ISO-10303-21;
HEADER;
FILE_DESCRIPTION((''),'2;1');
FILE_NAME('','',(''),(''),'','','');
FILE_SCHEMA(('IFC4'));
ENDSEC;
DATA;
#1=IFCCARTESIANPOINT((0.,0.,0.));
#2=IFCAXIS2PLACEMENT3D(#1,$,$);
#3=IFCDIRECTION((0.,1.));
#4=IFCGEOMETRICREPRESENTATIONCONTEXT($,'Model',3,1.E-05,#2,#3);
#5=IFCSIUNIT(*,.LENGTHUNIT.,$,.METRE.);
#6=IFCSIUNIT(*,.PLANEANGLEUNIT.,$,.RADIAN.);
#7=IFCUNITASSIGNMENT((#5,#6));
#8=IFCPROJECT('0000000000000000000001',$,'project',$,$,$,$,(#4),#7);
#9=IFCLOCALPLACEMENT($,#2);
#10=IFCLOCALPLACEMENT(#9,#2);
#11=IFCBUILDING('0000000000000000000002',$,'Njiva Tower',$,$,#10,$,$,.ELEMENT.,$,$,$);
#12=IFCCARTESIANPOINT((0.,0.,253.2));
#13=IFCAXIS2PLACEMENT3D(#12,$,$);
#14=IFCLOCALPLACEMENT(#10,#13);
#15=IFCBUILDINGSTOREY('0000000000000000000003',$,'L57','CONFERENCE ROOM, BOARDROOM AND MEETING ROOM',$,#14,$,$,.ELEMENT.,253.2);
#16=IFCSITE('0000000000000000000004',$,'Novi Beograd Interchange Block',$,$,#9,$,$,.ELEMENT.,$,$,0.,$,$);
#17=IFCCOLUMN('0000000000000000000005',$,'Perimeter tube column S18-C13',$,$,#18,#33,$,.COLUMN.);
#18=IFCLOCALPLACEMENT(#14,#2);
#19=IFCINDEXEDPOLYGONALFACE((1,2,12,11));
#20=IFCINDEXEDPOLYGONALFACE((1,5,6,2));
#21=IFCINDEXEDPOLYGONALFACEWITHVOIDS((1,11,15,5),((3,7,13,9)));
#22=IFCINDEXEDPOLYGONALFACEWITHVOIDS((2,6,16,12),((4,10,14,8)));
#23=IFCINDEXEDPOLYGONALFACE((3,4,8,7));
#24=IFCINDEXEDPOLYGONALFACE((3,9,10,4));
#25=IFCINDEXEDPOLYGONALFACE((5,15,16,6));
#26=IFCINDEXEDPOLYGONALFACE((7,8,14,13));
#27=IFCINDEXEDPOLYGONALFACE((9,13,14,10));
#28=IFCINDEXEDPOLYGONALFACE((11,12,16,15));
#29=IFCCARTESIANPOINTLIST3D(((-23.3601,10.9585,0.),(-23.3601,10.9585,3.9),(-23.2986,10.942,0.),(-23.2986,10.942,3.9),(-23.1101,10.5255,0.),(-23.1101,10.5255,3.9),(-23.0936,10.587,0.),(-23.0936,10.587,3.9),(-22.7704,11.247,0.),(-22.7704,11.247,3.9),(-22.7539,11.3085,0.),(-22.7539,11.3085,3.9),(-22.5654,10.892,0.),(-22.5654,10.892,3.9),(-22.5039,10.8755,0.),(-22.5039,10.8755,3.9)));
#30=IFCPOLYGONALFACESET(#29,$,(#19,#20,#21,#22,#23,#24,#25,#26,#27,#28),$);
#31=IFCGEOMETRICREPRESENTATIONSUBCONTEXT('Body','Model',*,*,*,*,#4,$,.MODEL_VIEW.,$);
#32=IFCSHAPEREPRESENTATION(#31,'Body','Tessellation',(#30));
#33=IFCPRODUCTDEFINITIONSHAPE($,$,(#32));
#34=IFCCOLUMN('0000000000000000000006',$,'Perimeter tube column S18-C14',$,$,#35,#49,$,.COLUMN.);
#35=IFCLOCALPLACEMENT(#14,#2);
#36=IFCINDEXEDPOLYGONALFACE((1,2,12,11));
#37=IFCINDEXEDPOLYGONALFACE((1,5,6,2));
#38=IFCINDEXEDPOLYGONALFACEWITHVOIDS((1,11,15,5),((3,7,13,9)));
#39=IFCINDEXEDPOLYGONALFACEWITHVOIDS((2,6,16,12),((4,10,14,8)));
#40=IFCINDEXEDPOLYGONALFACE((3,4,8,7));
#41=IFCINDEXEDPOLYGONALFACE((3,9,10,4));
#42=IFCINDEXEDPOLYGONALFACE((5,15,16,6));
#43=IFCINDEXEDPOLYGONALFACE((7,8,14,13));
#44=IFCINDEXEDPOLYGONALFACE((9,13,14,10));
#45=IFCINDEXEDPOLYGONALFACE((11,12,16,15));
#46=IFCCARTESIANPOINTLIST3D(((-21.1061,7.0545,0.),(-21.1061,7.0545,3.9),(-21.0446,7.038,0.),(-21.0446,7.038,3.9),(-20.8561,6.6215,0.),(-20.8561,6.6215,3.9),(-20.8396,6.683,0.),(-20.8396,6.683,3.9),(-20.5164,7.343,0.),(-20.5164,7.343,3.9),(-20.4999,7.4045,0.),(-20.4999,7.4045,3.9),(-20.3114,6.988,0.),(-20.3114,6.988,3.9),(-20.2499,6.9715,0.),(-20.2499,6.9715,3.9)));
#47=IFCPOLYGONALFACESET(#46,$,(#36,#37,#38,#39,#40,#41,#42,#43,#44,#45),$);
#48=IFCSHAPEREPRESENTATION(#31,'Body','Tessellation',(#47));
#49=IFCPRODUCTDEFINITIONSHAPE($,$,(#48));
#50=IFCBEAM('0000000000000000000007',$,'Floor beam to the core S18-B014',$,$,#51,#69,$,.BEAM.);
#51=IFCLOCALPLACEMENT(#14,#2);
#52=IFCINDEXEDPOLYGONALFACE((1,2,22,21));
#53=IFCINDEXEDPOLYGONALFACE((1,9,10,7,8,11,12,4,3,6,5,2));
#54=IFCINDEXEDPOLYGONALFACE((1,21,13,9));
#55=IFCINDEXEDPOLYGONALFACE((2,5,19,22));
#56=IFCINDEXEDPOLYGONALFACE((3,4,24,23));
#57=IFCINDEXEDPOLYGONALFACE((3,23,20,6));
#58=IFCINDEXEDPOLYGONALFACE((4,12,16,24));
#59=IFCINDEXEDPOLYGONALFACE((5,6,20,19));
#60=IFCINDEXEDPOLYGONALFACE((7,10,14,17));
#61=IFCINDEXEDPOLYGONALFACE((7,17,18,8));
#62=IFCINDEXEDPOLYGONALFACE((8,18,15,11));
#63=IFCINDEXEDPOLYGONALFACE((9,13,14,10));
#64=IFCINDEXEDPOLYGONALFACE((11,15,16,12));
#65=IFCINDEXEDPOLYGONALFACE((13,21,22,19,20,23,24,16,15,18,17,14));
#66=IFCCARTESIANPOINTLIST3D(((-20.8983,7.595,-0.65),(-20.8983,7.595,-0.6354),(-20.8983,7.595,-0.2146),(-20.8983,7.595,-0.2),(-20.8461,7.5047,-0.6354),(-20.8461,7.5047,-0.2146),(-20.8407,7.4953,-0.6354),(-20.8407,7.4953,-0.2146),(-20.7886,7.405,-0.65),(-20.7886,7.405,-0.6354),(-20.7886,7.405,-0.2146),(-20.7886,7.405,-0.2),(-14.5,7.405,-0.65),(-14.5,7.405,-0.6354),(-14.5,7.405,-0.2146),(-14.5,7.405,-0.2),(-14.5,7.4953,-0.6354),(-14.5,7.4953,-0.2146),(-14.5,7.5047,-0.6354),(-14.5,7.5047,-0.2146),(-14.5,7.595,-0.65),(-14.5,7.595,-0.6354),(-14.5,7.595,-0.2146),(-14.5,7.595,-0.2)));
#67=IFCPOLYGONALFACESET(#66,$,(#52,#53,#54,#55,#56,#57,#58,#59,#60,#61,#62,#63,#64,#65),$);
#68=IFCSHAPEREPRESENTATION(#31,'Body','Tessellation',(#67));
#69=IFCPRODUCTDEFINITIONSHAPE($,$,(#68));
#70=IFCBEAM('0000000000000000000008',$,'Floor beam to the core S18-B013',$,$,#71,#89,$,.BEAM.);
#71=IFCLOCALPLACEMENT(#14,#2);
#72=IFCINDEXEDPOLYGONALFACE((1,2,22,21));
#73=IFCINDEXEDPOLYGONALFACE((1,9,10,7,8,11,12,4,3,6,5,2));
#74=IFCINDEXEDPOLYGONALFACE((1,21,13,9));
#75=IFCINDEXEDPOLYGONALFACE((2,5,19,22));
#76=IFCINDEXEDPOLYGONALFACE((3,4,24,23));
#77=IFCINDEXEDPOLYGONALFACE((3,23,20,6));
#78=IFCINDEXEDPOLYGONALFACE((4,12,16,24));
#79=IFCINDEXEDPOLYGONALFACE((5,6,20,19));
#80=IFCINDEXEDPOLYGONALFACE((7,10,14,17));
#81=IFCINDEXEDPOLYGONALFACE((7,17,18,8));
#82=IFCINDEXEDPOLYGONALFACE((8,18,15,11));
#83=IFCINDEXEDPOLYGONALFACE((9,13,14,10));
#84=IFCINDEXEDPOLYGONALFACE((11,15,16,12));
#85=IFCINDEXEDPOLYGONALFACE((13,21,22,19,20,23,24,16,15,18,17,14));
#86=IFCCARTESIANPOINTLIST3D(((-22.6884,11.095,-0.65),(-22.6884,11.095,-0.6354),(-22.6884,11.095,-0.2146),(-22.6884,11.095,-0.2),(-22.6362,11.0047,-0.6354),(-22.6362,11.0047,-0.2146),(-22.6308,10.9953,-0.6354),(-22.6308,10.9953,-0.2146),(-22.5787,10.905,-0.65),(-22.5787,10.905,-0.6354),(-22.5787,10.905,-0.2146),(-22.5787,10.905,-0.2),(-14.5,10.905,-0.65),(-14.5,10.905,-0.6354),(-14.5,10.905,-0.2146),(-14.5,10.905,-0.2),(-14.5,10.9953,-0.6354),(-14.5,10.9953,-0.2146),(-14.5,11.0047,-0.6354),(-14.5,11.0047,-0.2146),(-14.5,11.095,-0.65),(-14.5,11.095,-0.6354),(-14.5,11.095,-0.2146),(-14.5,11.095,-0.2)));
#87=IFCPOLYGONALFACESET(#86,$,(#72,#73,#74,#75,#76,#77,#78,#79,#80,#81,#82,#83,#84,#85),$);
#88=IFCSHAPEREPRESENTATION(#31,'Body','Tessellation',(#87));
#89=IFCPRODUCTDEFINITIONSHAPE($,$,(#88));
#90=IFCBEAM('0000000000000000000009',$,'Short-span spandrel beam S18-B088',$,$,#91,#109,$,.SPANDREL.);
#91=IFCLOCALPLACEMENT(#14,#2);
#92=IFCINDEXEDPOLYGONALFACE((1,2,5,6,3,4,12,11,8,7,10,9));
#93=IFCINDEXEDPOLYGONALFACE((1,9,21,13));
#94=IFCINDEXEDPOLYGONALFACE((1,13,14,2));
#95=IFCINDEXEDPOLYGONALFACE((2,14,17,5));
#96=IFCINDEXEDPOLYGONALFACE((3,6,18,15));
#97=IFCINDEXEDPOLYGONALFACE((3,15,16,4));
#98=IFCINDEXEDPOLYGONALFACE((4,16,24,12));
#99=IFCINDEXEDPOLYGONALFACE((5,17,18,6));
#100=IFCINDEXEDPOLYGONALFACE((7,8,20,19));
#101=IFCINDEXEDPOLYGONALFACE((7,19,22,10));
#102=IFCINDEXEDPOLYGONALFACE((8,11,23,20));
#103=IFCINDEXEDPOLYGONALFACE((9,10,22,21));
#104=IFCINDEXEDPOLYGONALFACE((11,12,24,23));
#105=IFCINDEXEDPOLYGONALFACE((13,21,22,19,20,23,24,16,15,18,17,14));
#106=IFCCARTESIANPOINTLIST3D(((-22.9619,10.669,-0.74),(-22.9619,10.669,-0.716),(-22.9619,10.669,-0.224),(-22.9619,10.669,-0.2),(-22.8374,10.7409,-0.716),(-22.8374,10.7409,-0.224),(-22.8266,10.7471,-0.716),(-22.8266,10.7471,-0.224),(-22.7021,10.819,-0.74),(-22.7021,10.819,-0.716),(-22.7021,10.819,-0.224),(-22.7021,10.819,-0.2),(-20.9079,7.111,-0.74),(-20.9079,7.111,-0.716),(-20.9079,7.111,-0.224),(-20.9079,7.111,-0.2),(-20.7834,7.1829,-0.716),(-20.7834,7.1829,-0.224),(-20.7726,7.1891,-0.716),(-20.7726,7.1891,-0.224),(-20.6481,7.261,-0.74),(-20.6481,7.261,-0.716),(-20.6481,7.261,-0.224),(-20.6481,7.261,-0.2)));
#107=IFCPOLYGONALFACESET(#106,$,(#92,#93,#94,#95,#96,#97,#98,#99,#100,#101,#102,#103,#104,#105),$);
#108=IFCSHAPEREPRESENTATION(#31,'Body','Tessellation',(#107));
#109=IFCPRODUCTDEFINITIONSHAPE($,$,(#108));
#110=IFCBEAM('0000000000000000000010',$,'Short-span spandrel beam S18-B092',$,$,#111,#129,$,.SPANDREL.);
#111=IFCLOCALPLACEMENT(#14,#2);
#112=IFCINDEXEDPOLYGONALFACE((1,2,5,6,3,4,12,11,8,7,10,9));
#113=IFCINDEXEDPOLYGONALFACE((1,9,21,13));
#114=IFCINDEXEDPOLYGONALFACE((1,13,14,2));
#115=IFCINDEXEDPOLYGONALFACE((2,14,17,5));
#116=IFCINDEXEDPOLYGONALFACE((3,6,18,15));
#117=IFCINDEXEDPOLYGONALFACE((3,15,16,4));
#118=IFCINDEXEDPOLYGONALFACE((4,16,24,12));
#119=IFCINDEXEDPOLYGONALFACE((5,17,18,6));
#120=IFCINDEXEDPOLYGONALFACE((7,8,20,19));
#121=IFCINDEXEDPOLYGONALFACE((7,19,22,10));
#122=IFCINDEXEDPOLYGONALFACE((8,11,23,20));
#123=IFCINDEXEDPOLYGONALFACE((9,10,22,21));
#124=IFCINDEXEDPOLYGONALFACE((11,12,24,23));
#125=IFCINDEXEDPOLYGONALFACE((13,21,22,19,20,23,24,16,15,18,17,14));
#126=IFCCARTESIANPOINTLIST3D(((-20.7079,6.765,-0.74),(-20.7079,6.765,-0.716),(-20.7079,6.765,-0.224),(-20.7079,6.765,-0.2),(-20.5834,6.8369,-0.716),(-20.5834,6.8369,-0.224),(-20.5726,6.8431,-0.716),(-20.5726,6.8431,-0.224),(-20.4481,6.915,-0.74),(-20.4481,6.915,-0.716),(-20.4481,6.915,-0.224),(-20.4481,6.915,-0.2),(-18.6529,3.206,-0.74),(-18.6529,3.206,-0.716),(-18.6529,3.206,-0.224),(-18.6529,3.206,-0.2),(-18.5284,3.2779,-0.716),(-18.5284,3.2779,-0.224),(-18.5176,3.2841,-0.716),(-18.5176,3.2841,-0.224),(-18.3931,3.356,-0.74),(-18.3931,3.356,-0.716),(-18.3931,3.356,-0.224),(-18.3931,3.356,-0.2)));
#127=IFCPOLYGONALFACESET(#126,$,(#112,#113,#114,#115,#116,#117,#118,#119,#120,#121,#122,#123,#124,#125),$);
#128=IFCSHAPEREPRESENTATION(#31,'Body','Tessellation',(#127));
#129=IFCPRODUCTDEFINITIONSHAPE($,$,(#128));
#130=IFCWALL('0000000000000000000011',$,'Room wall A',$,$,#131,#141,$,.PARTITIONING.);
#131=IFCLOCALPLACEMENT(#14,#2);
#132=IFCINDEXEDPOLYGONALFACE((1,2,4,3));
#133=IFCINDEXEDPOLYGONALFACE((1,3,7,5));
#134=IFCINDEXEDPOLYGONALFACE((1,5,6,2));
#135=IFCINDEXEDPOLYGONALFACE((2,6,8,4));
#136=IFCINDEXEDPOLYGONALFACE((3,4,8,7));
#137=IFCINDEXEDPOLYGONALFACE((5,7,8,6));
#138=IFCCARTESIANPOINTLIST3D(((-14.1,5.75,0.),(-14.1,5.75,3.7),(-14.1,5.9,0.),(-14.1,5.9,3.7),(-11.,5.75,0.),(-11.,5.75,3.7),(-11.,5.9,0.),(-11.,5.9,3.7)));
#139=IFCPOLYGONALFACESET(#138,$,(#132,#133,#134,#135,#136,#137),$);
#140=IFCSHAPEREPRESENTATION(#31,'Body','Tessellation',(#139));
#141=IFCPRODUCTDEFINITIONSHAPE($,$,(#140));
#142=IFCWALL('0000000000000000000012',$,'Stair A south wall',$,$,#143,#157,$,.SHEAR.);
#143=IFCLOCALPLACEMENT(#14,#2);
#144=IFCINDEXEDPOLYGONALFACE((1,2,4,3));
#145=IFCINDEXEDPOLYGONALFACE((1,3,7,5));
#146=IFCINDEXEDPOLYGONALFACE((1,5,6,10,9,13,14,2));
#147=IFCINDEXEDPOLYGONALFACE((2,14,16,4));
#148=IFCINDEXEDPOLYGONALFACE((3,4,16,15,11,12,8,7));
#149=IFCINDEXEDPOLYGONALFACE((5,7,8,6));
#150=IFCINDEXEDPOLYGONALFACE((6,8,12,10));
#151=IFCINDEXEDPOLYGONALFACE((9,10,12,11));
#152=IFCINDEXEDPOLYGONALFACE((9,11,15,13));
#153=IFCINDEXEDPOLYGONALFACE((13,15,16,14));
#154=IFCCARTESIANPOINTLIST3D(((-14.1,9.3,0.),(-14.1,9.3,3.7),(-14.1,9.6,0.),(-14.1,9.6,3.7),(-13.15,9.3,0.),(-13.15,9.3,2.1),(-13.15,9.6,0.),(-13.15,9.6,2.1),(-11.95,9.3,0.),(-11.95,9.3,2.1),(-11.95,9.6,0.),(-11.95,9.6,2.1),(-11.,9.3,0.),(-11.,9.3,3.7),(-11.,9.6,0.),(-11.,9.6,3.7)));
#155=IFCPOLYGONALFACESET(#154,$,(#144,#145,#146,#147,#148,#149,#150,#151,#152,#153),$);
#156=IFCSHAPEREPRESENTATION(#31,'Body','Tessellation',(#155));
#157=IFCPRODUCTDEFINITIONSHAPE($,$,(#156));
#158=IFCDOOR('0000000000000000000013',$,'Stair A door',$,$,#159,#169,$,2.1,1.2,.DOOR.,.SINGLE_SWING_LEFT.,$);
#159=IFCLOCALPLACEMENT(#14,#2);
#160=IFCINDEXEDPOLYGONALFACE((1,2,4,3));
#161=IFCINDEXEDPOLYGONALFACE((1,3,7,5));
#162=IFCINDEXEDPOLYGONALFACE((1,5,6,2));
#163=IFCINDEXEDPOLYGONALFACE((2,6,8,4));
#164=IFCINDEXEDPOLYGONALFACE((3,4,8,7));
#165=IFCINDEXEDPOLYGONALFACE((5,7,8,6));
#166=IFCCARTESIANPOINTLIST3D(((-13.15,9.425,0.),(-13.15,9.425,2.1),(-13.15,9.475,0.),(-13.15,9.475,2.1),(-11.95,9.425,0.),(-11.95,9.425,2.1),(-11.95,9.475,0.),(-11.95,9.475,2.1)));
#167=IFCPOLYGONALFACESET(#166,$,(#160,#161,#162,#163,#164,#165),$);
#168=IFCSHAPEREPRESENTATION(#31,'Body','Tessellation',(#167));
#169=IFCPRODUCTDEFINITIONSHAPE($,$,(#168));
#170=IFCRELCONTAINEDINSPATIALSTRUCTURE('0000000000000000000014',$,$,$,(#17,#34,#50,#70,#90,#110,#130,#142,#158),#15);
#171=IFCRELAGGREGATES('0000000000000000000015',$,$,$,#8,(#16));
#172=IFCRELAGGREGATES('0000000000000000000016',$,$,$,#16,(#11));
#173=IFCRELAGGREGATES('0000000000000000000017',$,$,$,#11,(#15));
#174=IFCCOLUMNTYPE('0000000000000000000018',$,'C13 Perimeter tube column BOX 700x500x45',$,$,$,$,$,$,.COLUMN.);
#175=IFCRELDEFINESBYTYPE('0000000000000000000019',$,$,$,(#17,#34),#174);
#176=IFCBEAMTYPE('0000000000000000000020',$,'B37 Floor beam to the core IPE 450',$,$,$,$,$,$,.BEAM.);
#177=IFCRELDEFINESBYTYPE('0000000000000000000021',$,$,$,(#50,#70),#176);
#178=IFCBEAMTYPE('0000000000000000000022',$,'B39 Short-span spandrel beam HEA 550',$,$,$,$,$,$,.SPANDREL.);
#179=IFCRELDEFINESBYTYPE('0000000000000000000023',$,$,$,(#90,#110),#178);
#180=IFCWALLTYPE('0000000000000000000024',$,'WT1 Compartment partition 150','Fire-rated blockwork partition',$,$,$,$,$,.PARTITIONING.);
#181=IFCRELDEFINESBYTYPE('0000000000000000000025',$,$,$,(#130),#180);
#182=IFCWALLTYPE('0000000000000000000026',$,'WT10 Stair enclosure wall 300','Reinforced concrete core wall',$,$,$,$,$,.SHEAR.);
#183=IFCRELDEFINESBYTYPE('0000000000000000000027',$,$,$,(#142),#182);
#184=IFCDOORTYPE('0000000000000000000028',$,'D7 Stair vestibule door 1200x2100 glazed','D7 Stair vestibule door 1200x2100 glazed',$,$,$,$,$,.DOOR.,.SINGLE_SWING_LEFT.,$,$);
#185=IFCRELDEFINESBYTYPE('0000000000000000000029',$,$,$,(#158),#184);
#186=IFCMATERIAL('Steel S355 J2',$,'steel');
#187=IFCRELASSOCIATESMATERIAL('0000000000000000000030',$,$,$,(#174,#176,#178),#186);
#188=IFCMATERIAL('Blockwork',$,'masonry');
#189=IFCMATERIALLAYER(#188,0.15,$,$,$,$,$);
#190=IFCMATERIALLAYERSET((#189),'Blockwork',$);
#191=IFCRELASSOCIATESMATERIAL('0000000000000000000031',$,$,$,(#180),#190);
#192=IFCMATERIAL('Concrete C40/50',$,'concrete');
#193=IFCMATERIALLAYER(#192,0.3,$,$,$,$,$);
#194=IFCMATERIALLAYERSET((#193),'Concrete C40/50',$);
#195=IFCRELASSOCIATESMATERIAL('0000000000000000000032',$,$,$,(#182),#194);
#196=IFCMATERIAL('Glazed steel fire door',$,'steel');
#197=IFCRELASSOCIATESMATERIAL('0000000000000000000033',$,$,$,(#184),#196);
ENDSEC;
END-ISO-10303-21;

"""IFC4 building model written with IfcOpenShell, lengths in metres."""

from ifc_helpers import new_model, si_unit, direction, frame, frame_2d, origin, origin_2d, place, context, subcontext, project, spatial, rectangle, hollow_rectangle, i_section, extrude, clip, halfspace, material, layer, layer_set, material_profile, profile_set, type_object, element, fill, save


model = new_model("IFC4")

# Units and contexts
model_context = context("Model", 3, precision=1e-05, world=origin(), true_north=direction((0.0, 1.0)))
body_context = subcontext(model_context, "Body", "Model", "MODEL_VIEW")
ifc_project = project(units=[si_unit("LENGTHUNIT", "METRE"), si_unit("PLANEANGLEUNIT", "RADIAN")], contexts=[model_context])

# Site, building, storey
site_placement = place(None, origin())
site = spatial("IfcSite", under=ifc_project, at=site_placement, Name="Novi Beograd Interchange Block", CompositionType="ELEMENT", RefElevation=0.0)
building_placement = place(site_placement, origin())
building = spatial("IfcBuilding", under=site, at=building_placement, Name="Njiva Tower", CompositionType="ELEMENT")
storey_placement = place(building_placement, frame((0.0, 0.0, 253.2)))
storey = spatial("IfcBuildingStorey", under=building, at=storey_placement, Name="L57", Description="CONFERENCE ROOM, BOARDROOM AND MEETING ROOM", CompositionType="ELEMENT", Elevation=253.2)

# Columns
ifc_material_1 = material(Name="Steel S355 J2", Category="steel")
ifc_material_profile_1 = material_profile(ifc_material_1, hollow_rectangle(XDim=0.5, YDim=0.7, WallThickness=0.045, at=origin_2d()), Name="BOX 700x500x45")
ifc_profile_set_1 = profile_set([ifc_material_profile_1], Name="Steel S355 J2")
column_type = type_object("IfcColumnType", Name="C13 Perimeter tube column BOX 700x500x45", PredefinedType="COLUMN", material=ifc_profile_set_1)
for number, where, z_axis, x_axis, name in (
    (1, (-22.932, 10.917, 0.0), (0.0, 0.0, 1.0), (0.5, -0.866025, 0.0), "Perimeter tube column S18-C13"),
    (2, (-20.678, 7.013, 0.0), (0.0, 0.0, 1.0), (0.5, -0.866025, 0.0), "Perimeter tube column S18-C14"),
):
    element("IfcColumn", number, at=place(storey_placement, frame(where, z_axis=z_axis, x_axis=x_axis)), inside=storey, type_object=column_type, Name=name, PredefinedType="COLUMN", context=body_context, shape_type="SweptSolid", body=[
        extrude(hollow_rectangle(XDim=0.5, YDim=0.7, WallThickness=0.045, at=origin_2d()), origin(), (0.0, 0.0, 1.0), 3.9),
    ])

# Beams
ifc_material_profile_2 = material_profile(ifc_material_1, i_section(OverallWidth=0.19, OverallDepth=0.45, WebThickness=0.0094, FlangeThickness=0.0146, at=origin_2d()), Name="IPE 450")
ifc_profile_set_2 = profile_set([ifc_material_profile_2], Name="Steel S355 J2")
beam_type_1 = type_object("IfcBeamType", Name="B37 Floor beam to the core IPE 450", PredefinedType="BEAM", material=ifc_profile_set_2)
beam_1_placement = place(storey_placement, frame((-20.918, 7.5, -0.425), z_axis=(1.0, 0.0, 0.0), x_axis=(0.0, 1.0, 0.0)))
element("IfcBeam", 3, at=beam_1_placement, inside=storey, type_object=beam_type_1, Name="Floor beam to the core S18-B014", PredefinedType="BEAM", context=body_context, shape_type="Clipping", body=[
    clip(extrude(i_section(OverallWidth=0.19, OverallDepth=0.45, WebThickness=0.0094, FlangeThickness=0.0146, at=origin_2d()), origin(), (0.0, 0.0, 1.0), 6.418), halfspace(frame((-0.025, 0.0, 0.089), z_axis=(-0.499998, 0.0, -0.866027), x_axis=(0.0, -1.0, 0.0)), False)),
])
beam_2_placement = place(storey_placement, frame((-22.709, 11.0, -0.425), z_axis=(1.0, 0.0, 0.0), x_axis=(0.0, 1.0, 0.0)))
element("IfcBeam", 4, at=beam_2_placement, inside=storey, type_object=beam_type_1, Name="Floor beam to the core S18-B013", PredefinedType="BEAM", context=body_context, shape_type="Clipping", body=[
    clip(extrude(i_section(OverallWidth=0.19, OverallDepth=0.45, WebThickness=0.0094, FlangeThickness=0.0146, at=origin_2d()), origin(), (0.0, 0.0, 1.0), 8.209), halfspace(frame((-0.025, 0.0, 0.0899), z_axis=(-0.499998, 0.0, -0.866027), x_axis=(0.0, -1.0, 0.0)), False)),
])
ifc_material_profile_3 = material_profile(ifc_material_1, i_section(OverallWidth=0.3, OverallDepth=0.54, WebThickness=0.0125, FlangeThickness=0.024, at=origin_2d()), Name="HEA 550")
ifc_profile_set_3 = profile_set([ifc_material_profile_3], Name="Steel S355 J2")
beam_type_2 = type_object("IfcBeamType", Name="B39 Short-span spandrel beam HEA 550", PredefinedType="SPANDREL", material=ifc_profile_set_3)
beam_3_placement = place(storey_placement, frame((-22.832, 10.744, -0.47), z_axis=(0.499961, -0.866048, 0.0), x_axis=(0.866048, 0.499961, 0.0)))
element("IfcBeam", 5, at=beam_3_placement, inside=storey, type_object=beam_type_2, Name="Short-span spandrel beam S18-B088", PredefinedType="SPANDREL", context=body_context, shape_type="SweptSolid", body=[
    extrude(i_section(OverallWidth=0.3, OverallDepth=0.54, WebThickness=0.0125, FlangeThickness=0.024, at=origin_2d()), origin(), (0.0, 0.0, 1.0), 4.1083),
])
beam_4_placement = place(storey_placement, frame((-20.578, 6.84, -0.47), z_axis=(0.500038, -0.866003, 0.0), x_axis=(0.866003, 0.500038, 0.0)))
element("IfcBeam", 6, at=beam_4_placement, inside=storey, type_object=beam_type_2, Name="Short-span spandrel beam S18-B092", PredefinedType="SPANDREL", context=body_context, shape_type="SweptSolid", body=[
    extrude(i_section(OverallWidth=0.3, OverallDepth=0.54, WebThickness=0.0125, FlangeThickness=0.024, at=origin_2d()), origin(), (0.0, 0.0, 1.0), 4.1097),
])

# Wall
ifc_material_2 = material(Name="Blockwork", Category="masonry")
ifc_layer_1 = layer(ifc_material_2, 0.15)
ifc_layer_set_1 = layer_set([ifc_layer_1], Name="Blockwork")
wall_type_1 = type_object("IfcWallType", Name="WT1 Compartment partition 150", Description="Fire-rated blockwork partition", PredefinedType="PARTITIONING", material=ifc_layer_set_1)
wall_1_placement = place(storey_placement, frame((-14.1, 5.825, 0.0), z_axis=(0.0, 0.0, 1.0), x_axis=(1.0, 0.0, 0.0)))
element("IfcWall", 7, at=wall_1_placement, inside=storey, type_object=wall_type_1, Name="Room wall A", PredefinedType="PARTITIONING", context=body_context, shape_type="SweptSolid", body=[
    extrude(rectangle(XDim=3.1, YDim=0.15, at=frame_2d((1.55, 0.0))), origin(), (0.0, 0.0, 1.0), 3.7),
])

# Wall, opening, door
ifc_material_3 = material(Name="Concrete C40/50", Category="concrete")
ifc_layer_2 = layer(ifc_material_3, 0.3)
ifc_layer_set_2 = layer_set([ifc_layer_2], Name="Concrete C40/50")
wall_type_2 = type_object("IfcWallType", Name="WT10 Stair enclosure wall 300", Description="Reinforced concrete core wall", PredefinedType="SHEAR", material=ifc_layer_set_2)
wall_2_placement = place(storey_placement, frame((-14.1, 9.45, 0.0), z_axis=(0.0, 0.0, 1.0), x_axis=(1.0, 0.0, 0.0)))
wall_2 = element("IfcWall", 8, at=wall_2_placement, inside=storey, type_object=wall_type_2, Name="Stair A south wall", PredefinedType="SHEAR", context=body_context, shape_type="SweptSolid", body=[
    extrude(rectangle(XDim=3.1, YDim=0.3, at=frame_2d((1.55, 0.0))), origin(), (0.0, 0.0, 1.0), 3.7),
])
opening_placement = place(wall_2_placement, frame((0.95, 0.0, 0.0)))
opening = element("IfcOpeningElement", 9, at=opening_placement, cuts=wall_2, PredefinedType="OPENING", context=body_context, shape_type="SweptSolid", body=[
    extrude(rectangle(XDim=1.2, YDim=2.1, at=frame_2d((0.6, 1.05))), frame((0.0, 0.16, 0.0), z_axis=(0.0, -1.0, 0.0), x_axis=(1.0, 0.0, 0.0)), (0.0, 0.0, 1.0), 0.32),
])
ifc_material_4 = material(Name="Glazed steel fire door", Category="steel")
door_type = type_object("IfcDoorType", Name="D7 Stair vestibule door 1200x2100 glazed", Description="D7 Stair vestibule door 1200x2100 glazed", OperationType="SINGLE_SWING_LEFT", PredefinedType="DOOR", material=ifc_material_4)
door_placement = place(opening_placement, origin())
door = element("IfcDoor", 10, at=door_placement, inside=storey, type_object=door_type, Name="Stair A door", OperationType="SINGLE_SWING_LEFT", OverallHeight=2.1, OverallWidth=1.2, PredefinedType="DOOR", context=body_context, shape_type="SweptSolid", body=[
    extrude(rectangle(XDim=1.2, YDim=2.1, at=frame_2d((0.6, 1.05))), frame((0.0, 0.025, 0.0), z_axis=(0.0, -1.0, 0.0), x_axis=(1.0, 0.0, 0.0)), (0.0, 0.0, 1.0), 0.05),
])
fill(opening, door)

save(model, "model.ifc")
